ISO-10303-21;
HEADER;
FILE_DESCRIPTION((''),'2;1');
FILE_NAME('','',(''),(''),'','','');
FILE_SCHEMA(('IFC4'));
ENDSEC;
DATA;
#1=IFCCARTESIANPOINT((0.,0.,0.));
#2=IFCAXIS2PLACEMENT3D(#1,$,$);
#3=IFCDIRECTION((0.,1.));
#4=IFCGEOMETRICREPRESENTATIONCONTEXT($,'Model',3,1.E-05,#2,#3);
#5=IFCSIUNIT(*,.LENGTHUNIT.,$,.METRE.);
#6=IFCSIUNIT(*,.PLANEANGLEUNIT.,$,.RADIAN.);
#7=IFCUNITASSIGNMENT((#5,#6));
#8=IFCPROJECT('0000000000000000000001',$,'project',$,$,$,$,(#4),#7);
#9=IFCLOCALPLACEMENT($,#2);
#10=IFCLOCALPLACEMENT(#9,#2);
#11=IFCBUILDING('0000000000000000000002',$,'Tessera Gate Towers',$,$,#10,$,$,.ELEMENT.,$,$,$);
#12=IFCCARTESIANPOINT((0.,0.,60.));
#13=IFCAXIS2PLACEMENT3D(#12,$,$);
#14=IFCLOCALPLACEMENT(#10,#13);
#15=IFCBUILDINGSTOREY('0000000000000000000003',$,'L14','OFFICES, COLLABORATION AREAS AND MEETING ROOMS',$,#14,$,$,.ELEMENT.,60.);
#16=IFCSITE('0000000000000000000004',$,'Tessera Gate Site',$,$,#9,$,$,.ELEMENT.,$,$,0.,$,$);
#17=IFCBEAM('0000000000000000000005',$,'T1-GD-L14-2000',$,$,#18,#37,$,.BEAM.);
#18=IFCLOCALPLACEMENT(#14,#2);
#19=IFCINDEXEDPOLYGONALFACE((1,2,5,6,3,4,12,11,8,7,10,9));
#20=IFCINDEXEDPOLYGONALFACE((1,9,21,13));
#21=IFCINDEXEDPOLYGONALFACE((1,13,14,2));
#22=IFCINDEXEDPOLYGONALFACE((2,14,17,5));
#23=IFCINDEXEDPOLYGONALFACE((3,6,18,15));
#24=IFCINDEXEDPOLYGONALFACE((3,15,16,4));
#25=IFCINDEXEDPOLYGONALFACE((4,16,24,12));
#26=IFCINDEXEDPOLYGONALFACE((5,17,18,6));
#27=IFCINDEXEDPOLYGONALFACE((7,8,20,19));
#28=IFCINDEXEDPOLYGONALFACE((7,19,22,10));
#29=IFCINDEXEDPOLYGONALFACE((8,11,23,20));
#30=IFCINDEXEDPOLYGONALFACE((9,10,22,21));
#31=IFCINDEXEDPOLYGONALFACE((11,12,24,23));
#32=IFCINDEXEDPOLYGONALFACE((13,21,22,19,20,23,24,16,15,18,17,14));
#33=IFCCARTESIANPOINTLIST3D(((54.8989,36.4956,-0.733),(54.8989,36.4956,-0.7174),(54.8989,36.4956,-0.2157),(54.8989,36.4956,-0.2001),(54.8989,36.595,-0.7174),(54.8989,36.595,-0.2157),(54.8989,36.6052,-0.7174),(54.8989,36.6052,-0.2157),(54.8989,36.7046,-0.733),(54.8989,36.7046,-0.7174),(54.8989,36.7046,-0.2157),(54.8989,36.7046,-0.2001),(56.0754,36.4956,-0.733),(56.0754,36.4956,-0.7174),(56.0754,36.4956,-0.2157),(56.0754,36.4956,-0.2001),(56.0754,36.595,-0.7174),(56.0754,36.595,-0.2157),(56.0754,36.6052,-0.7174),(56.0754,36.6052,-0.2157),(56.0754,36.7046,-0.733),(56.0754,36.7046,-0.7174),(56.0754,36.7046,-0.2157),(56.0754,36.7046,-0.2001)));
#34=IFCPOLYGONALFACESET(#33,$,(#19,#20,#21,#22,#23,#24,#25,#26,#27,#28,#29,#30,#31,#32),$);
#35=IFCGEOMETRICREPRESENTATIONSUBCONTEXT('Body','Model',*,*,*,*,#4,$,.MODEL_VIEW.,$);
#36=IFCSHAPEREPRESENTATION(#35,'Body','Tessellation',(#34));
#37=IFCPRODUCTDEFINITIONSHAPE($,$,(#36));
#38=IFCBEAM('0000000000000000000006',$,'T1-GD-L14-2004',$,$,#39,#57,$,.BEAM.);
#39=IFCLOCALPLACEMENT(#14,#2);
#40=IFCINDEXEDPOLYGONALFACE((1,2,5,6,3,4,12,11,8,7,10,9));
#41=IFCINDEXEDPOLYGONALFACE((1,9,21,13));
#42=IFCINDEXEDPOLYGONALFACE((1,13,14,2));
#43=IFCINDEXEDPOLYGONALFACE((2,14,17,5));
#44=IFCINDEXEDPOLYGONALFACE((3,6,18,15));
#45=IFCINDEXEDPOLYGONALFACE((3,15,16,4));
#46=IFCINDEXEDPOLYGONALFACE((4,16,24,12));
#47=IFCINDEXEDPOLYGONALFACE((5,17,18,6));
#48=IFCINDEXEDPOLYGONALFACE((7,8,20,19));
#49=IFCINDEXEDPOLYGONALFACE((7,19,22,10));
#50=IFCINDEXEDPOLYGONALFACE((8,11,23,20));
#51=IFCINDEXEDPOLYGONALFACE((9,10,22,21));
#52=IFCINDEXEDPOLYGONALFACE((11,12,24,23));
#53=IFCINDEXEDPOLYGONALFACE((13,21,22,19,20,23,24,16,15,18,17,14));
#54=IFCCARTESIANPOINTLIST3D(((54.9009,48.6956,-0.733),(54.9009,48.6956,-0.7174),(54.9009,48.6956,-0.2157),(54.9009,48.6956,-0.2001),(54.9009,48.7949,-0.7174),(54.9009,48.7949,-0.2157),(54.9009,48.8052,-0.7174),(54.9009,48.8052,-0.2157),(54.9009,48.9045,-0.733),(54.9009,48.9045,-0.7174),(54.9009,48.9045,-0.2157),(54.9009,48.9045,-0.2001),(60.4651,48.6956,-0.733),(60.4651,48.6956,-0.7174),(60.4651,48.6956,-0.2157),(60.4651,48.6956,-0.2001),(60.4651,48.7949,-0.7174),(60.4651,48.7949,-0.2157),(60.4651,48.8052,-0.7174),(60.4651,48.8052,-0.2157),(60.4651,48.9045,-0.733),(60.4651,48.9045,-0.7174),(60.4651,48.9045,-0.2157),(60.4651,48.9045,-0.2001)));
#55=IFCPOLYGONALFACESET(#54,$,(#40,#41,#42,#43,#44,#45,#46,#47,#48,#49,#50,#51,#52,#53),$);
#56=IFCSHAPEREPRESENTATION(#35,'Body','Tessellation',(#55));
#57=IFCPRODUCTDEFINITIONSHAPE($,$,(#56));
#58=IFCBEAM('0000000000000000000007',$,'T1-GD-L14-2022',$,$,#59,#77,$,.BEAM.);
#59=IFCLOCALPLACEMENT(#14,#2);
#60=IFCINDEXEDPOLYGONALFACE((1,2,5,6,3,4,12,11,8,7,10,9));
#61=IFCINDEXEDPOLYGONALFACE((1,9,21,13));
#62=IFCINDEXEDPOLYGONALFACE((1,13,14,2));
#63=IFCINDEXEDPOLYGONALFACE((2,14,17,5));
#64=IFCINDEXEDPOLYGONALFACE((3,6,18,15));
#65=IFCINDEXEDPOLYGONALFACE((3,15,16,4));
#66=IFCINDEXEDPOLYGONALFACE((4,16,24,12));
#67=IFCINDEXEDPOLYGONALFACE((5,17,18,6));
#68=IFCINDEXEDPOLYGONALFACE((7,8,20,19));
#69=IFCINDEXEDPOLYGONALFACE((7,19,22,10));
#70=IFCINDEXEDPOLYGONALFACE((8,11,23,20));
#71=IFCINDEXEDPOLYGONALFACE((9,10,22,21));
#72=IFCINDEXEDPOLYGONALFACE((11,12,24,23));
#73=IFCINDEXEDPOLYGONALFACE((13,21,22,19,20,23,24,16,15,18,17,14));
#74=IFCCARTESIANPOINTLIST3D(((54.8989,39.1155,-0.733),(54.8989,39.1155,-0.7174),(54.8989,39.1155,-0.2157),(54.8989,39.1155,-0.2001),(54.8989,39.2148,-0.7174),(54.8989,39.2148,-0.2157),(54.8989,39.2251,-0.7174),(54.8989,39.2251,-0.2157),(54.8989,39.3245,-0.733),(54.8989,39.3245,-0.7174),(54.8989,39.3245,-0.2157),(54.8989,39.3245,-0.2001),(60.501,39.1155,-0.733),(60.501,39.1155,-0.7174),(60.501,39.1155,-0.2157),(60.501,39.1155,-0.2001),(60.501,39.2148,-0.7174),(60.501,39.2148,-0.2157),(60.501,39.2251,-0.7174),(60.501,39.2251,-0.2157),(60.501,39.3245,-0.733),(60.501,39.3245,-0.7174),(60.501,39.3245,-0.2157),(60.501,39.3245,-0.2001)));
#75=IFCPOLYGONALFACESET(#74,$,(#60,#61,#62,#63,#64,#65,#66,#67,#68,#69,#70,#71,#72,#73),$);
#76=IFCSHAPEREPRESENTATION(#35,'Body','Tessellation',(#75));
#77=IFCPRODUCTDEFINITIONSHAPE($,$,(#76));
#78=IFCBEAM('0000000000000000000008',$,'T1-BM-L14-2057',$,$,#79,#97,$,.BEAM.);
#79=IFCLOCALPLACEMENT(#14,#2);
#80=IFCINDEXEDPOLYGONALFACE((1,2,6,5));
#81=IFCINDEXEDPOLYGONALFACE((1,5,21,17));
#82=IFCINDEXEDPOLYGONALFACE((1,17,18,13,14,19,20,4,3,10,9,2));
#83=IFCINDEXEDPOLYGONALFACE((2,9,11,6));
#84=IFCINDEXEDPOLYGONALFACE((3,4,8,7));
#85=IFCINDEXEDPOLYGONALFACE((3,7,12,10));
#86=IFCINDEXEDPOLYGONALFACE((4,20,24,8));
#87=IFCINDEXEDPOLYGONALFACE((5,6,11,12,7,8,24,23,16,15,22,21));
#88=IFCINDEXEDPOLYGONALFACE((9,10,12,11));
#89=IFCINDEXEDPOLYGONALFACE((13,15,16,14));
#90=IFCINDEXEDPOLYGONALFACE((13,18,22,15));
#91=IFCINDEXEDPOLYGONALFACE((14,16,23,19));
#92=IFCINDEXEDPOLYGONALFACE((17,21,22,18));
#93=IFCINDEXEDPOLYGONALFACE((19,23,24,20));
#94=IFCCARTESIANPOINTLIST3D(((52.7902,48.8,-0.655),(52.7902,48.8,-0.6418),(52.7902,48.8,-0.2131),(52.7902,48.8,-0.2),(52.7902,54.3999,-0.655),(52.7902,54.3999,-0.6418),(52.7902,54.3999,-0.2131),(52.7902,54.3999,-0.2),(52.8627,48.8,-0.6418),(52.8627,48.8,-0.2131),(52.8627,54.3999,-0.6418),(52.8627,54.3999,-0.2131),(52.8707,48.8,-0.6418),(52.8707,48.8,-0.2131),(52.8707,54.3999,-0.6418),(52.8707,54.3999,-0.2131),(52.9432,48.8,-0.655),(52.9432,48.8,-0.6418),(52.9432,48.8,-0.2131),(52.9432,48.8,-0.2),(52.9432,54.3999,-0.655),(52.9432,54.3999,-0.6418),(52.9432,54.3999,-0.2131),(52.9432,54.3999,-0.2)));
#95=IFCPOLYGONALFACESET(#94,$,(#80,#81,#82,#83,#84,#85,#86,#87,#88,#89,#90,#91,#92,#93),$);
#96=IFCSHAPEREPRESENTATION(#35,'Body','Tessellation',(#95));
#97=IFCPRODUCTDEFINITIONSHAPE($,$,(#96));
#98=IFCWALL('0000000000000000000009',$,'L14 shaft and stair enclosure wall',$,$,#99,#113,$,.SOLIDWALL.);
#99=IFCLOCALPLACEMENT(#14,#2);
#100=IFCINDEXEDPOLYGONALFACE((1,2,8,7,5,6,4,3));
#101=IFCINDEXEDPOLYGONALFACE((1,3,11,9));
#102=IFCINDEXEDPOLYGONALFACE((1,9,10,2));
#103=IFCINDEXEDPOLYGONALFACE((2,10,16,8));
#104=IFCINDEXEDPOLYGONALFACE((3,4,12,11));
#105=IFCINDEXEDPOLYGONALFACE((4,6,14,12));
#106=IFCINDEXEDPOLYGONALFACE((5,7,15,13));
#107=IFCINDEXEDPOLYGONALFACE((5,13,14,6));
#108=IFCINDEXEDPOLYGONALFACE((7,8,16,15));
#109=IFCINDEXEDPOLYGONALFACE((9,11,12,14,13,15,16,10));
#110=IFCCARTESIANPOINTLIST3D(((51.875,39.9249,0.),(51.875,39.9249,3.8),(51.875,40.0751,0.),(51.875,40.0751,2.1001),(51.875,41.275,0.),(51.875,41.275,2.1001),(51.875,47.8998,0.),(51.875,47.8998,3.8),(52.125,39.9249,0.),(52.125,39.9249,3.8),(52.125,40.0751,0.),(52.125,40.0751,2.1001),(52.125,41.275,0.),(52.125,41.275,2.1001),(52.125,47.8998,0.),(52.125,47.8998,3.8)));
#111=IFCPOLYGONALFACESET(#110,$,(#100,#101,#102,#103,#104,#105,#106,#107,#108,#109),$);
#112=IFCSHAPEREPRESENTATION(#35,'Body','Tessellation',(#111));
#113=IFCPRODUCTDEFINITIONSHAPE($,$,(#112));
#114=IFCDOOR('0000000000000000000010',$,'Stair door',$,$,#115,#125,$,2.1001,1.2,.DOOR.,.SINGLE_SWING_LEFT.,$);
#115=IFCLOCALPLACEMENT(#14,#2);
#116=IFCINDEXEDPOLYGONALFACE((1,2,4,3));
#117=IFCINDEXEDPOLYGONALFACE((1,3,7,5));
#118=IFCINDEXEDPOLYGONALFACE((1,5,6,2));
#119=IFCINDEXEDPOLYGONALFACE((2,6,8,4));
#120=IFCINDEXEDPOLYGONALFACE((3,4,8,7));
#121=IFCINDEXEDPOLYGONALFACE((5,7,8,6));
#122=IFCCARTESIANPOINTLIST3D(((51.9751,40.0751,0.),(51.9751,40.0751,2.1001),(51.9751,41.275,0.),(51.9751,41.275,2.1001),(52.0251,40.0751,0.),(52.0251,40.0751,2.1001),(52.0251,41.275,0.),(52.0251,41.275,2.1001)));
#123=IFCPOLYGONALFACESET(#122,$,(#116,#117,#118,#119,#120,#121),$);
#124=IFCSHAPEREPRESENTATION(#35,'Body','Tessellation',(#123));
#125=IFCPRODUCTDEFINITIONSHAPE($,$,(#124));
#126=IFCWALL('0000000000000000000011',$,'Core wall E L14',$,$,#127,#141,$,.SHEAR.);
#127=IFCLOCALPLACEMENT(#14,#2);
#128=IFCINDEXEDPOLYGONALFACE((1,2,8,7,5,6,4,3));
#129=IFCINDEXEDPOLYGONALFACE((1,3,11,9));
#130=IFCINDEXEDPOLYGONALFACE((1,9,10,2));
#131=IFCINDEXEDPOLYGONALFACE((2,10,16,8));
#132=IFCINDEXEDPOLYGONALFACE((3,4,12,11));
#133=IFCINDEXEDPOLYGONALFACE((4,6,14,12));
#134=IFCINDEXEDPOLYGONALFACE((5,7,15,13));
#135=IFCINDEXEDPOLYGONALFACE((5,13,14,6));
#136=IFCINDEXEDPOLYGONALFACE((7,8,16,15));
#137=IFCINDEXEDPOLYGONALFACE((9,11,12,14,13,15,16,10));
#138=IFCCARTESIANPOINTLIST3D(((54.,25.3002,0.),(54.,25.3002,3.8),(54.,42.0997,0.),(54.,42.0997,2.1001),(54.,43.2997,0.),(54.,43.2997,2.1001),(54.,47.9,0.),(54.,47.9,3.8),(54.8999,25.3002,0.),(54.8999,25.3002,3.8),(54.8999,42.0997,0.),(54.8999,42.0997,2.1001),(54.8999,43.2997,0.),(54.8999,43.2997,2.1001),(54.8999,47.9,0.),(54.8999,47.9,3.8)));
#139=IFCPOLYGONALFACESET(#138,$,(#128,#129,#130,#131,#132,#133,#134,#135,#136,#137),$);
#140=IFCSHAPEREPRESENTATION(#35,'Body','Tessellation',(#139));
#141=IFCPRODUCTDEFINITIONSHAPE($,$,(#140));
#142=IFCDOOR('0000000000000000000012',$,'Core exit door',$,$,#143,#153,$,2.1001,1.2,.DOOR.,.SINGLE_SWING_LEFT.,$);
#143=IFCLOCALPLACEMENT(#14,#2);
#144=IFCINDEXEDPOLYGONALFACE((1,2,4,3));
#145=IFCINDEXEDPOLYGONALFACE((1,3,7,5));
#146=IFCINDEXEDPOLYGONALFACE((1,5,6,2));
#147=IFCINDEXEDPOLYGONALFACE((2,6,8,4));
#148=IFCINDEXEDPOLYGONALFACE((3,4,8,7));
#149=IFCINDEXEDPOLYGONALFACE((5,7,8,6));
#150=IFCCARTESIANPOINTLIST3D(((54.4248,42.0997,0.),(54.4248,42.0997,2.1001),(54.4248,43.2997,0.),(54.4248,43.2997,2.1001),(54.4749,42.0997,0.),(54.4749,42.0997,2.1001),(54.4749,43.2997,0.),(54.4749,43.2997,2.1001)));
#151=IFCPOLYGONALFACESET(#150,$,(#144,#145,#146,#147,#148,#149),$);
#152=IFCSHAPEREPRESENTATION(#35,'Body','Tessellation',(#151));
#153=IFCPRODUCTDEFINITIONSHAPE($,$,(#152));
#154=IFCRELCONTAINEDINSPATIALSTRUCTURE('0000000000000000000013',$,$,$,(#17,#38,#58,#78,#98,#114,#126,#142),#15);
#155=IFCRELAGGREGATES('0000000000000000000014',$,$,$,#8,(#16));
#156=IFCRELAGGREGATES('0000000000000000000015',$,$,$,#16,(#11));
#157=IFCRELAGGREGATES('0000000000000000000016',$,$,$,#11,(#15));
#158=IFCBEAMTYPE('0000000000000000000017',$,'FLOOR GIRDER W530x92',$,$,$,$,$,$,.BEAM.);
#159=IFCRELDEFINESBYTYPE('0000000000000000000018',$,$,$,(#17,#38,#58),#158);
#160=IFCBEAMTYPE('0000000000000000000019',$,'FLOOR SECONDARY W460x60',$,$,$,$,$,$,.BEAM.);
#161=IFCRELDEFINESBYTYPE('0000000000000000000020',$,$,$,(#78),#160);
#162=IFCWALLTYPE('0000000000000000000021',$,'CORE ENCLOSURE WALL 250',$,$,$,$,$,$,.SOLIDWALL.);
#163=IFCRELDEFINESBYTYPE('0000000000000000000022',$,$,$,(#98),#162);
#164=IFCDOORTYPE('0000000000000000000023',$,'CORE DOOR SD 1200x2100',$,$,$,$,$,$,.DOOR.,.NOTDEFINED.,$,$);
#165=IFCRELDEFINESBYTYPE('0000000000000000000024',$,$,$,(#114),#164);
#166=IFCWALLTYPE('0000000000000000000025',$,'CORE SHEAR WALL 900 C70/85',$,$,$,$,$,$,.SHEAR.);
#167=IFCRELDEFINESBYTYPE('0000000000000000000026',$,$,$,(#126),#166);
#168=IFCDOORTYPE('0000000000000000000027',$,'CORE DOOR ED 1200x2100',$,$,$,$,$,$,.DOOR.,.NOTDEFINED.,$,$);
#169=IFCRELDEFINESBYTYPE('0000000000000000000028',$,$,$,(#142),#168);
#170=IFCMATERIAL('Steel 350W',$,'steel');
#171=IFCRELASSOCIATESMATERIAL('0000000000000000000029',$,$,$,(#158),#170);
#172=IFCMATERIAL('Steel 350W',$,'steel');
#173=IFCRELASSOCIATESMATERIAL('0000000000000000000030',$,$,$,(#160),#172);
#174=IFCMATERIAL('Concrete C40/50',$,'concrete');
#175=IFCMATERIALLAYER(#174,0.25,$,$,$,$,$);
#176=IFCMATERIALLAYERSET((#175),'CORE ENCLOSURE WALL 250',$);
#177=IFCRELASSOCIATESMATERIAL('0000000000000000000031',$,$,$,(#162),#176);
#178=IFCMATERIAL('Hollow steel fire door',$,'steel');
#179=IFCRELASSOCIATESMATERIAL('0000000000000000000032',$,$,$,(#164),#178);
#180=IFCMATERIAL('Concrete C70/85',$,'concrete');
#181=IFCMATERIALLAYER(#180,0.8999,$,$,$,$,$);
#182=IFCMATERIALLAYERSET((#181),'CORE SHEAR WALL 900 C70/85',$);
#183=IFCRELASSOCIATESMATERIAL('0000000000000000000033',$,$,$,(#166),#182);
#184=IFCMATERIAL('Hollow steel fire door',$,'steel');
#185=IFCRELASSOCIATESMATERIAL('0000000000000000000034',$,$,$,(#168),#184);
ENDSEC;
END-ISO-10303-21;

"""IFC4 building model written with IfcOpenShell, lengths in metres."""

from ifc_helpers import new_model, si_unit, direction, frame, frame_2d, origin, origin_2d, place, context, subcontext, project, spatial, rectangle, i_section, extrude, source, transform, mapped, material, layer, layer_set, material_profile, profile_set, type_object, element, fill, save


model = new_model("IFC4")

# Units and contexts
model_context = context("Model", 3, precision=1e-05, world=origin(), true_north=direction((0.0, 1.0)))
body_context = subcontext(model_context, "Body", "Model", "MODEL_VIEW")
ifc_project = project(units=[si_unit("LENGTHUNIT", "METRE"), si_unit("PLANEANGLEUNIT", "RADIAN")], contexts=[model_context])

# Site, building, storey
site_placement = place(None, origin())
site = spatial("IfcSite", under=ifc_project, at=site_placement, Name="Tessera Gate Site", CompositionType="ELEMENT", RefElevation=0.0)
building_placement = place(site_placement, origin())
building = spatial("IfcBuilding", under=site, at=building_placement, Name="Tessera Gate Towers", CompositionType="ELEMENT")
storey_placement = place(building_placement, frame((0.0, 0.0, 60.0)))
storey = spatial("IfcBuildingStorey", under=building, at=storey_placement, Name="L14", Description="OFFICES, COLLABORATION AREAS AND MEETING ROOMS", CompositionType="ELEMENT", Elevation=60.0)

# Beams
ifc_material_1 = material(Name="Steel 350W", Category="steel")
ifc_material_profile_1 = material_profile(ifc_material_1, i_section(OverallWidth=0.209, OverallDepth=0.533, WebThickness=0.0103, FlangeThickness=0.0156, at=origin_2d()), Name="W530x92")
ifc_profile_set_1 = profile_set([ifc_material_profile_1], Name="Steel 350W")
beam_type_1 = type_object("IfcBeamType", Name="FLOOR GIRDER W530x92", PredefinedType="BEAM", material=ifc_profile_set_1)
beam_1_placement = place(storey_placement, frame((54.8989, 36.6001, -0.4666), z_axis=(1.0, 0.0, 0.0), x_axis=(0.0, 1.0, 0.0)))
element("IfcBeam", 1, at=beam_1_placement, inside=storey, type_object=beam_type_1, Name="T1-GD-L14-2000", PredefinedType="BEAM", context=body_context, shape_type="SweptSolid", body=[
    extrude(i_section(OverallWidth=0.209, OverallDepth=0.533, WebThickness=0.0103, FlangeThickness=0.0156, at=origin_2d()), origin(), (0.0, 0.0, 1.0), 1.1765),
])
beam_2_placement = place(storey_placement, frame((54.9009, 48.8, -0.4666), z_axis=(1.0, 0.0, 0.0), x_axis=(0.0, 1.0, 0.0)))
element("IfcBeam", 2, at=beam_2_placement, inside=storey, type_object=beam_type_1, Name="T1-GD-L14-2004", PredefinedType="BEAM", context=body_context, shape_type="SweptSolid", body=[
    extrude(i_section(OverallWidth=0.209, OverallDepth=0.533, WebThickness=0.0103, FlangeThickness=0.0156, at=origin_2d()), origin(), (0.0, 0.0, 1.0), 5.5642),
])
beam_3_placement = place(storey_placement, frame((54.8989, 39.22, -0.4666), z_axis=(1.0, 0.0, 0.0), x_axis=(0.0, 1.0, 0.0)))
element("IfcBeam", 3, at=beam_3_placement, inside=storey, type_object=beam_type_1, Name="T1-GD-L14-2022", PredefinedType="BEAM", context=body_context, shape_type="SweptSolid", body=[
    extrude(i_section(OverallWidth=0.209, OverallDepth=0.533, WebThickness=0.0103, FlangeThickness=0.0156, at=origin_2d()), origin(), (0.0, 0.0, 1.0), 5.6021),
])
ifc_material_2 = material(Name="Steel 350W", Category="steel")
ifc_material_profile_2 = material_profile(ifc_material_2, i_section(OverallWidth=0.1531, OverallDepth=0.4551, WebThickness=0.0081, FlangeThickness=0.0132, at=origin_2d()), Name="W460x60")
ifc_profile_set_2 = profile_set([ifc_material_profile_2], Name="Steel 350W")
beam_type_2 = type_object("IfcBeamType", Name="FLOOR SECONDARY W460x60", PredefinedType="BEAM", material=ifc_profile_set_2)
beam_4_placement = place(storey_placement, frame((52.8667, 48.8, -0.4275), z_axis=(0.0, 1.0, 0.0), x_axis=(-1.0, 0.0, 0.0)))
element("IfcBeam", 4, at=beam_4_placement, inside=storey, type_object=beam_type_2, Name="T1-BM-L14-2057", PredefinedType="BEAM", context=body_context, shape_type="SweptSolid", body=[
    extrude(i_section(OverallWidth=0.1531, OverallDepth=0.4551, WebThickness=0.0081, FlangeThickness=0.0132, at=origin_2d()), origin(), (0.0, 0.0, 1.0), 5.5999),
])

# Walls, openings, doors
ifc_material_3 = material(Name="Concrete C40/50", Category="concrete")
ifc_layer_1 = layer(ifc_material_3, 0.25)
ifc_layer_set_1 = layer_set([ifc_layer_1], Name="CORE ENCLOSURE WALL 250")
wall_type_1 = type_object("IfcWallType", Name="CORE ENCLOSURE WALL 250", PredefinedType="SOLIDWALL", material=ifc_layer_set_1)
wall_1_placement = place(storey_placement, frame((52.0, 39.925, 0.0), z_axis=(0.0, 0.0, 1.0), x_axis=(0.0, 1.0, 0.0)))
wall_1 = element("IfcWall", 5, at=wall_1_placement, inside=storey, type_object=wall_type_1, Name="L14 shaft and stair enclosure wall", PredefinedType="SOLIDWALL", context=body_context, shape_type="SweptSolid", body=[
    extrude(rectangle(XDim=7.9749, YDim=0.25, at=frame_2d((3.9873, 0.0))), origin(), (0.0, 0.0, 1.0), 3.8),
])
shared_shape_1 = source(origin(), body_context, "Body", "SweptSolid", [
    extrude(rectangle(XDim=1.2, YDim=2.1001, at=frame_2d((0.6001, 1.05))), frame((0.0, 0.135, 0.0), z_axis=(0.0, -1.0, 0.0), x_axis=(1.0, 0.0, 0.0)), (0.0, 0.0, 1.0), 0.27),
])
opening_1_placement = place(wall_1_placement, frame((0.1499, 0.0, 0.0)))
opening_1 = element("IfcOpeningElement", 6, at=opening_1_placement, cuts=wall_1, PredefinedType="OPENING", context=body_context, shape_type="MappedRepresentation", body=[
    mapped(shared_shape_1, transform((0.0, 0.0, 0.0), scale=1.0)),
])
ifc_material_4 = material(Name="Hollow steel fire door", Category="steel")
door_type_1 = type_object("IfcDoorType", Name="CORE DOOR SD 1200x2100", OperationType="NOTDEFINED", PredefinedType="DOOR", material=ifc_material_4)
shared_shape_2 = source(origin(), body_context, "Body", "SweptSolid", [
    extrude(rectangle(XDim=1.2, YDim=2.1001, at=frame_2d((0.6001, 1.05))), frame((0.0, 0.0249, 0.0), z_axis=(0.0, -1.0, 0.0), x_axis=(1.0, 0.0, 0.0)), (0.0, 0.0, 1.0), 0.05),
])
door_1_placement = place(opening_1_placement, origin())
door_1 = element("IfcDoor", 7, at=door_1_placement, inside=storey, type_object=door_type_1, Name="Stair door", OperationType="SINGLE_SWING_LEFT", OverallHeight=2.1001, OverallWidth=1.2, PredefinedType="DOOR", context=body_context, shape_type="MappedRepresentation", body=[
    mapped(shared_shape_2, transform((0.0, 0.0, 0.0), scale=1.0)),
])
fill(opening_1, door_1)
ifc_material_5 = material(Name="Concrete C70/85", Category="concrete")
ifc_layer_2 = layer(ifc_material_5, 0.8999)
ifc_layer_set_2 = layer_set([ifc_layer_2], Name="CORE SHEAR WALL 900 C70/85")
wall_type_2 = type_object("IfcWallType", Name="CORE SHEAR WALL 900 C70/85", PredefinedType="SHEAR", material=ifc_layer_set_2)
wall_2_placement = place(storey_placement, frame((54.45, 47.8999, 0.0), z_axis=(0.0, 0.0, 1.0), x_axis=(0.0, -1.0, 0.0)))
wall_2 = element("IfcWall", 8, at=wall_2_placement, inside=storey, type_object=wall_type_2, Name="Core wall E L14", PredefinedType="SHEAR", context=body_context, shape_type="SweptSolid", body=[
    extrude(rectangle(XDim=22.5999, YDim=0.8999, at=frame_2d((11.2998, 0.0))), origin(), (0.0, 0.0, 1.0), 3.8),
])
shared_shape_3 = source(origin(), body_context, "Body", "SweptSolid", [
    extrude(rectangle(XDim=1.2, YDim=2.1001, at=frame_2d((0.6001, 1.05))), frame((0.0, 0.46, 0.0), z_axis=(0.0, -1.0, 0.0), x_axis=(1.0, 0.0, 0.0)), (0.0, 0.0, 1.0), 0.9199),
])
opening_2_placement = place(wall_2_placement, frame((4.6001, 0.0, 0.0)))
opening_2 = element("IfcOpeningElement", 9, at=opening_2_placement, cuts=wall_2, PredefinedType="OPENING", context=body_context, shape_type="MappedRepresentation", body=[
    mapped(shared_shape_3, transform((0.0, 0.0, 0.0), scale=1.0)),
])
ifc_material_6 = material(Name="Hollow steel fire door", Category="steel")
door_type_2 = type_object("IfcDoorType", Name="CORE DOOR ED 1200x2100", OperationType="NOTDEFINED", PredefinedType="DOOR", material=ifc_material_6)
door_2_placement = place(opening_2_placement, origin())
door_2 = element("IfcDoor", 10, at=door_2_placement, inside=storey, type_object=door_type_2, Name="Core exit door", OperationType="SINGLE_SWING_LEFT", OverallHeight=2.1001, OverallWidth=1.2, PredefinedType="DOOR", context=body_context, shape_type="MappedRepresentation", body=[
    mapped(shared_shape_2, transform((0.0, 0.0, 0.0), scale=1.0)),
])
fill(opening_2, door_2)

save(model, "model.ifc")
